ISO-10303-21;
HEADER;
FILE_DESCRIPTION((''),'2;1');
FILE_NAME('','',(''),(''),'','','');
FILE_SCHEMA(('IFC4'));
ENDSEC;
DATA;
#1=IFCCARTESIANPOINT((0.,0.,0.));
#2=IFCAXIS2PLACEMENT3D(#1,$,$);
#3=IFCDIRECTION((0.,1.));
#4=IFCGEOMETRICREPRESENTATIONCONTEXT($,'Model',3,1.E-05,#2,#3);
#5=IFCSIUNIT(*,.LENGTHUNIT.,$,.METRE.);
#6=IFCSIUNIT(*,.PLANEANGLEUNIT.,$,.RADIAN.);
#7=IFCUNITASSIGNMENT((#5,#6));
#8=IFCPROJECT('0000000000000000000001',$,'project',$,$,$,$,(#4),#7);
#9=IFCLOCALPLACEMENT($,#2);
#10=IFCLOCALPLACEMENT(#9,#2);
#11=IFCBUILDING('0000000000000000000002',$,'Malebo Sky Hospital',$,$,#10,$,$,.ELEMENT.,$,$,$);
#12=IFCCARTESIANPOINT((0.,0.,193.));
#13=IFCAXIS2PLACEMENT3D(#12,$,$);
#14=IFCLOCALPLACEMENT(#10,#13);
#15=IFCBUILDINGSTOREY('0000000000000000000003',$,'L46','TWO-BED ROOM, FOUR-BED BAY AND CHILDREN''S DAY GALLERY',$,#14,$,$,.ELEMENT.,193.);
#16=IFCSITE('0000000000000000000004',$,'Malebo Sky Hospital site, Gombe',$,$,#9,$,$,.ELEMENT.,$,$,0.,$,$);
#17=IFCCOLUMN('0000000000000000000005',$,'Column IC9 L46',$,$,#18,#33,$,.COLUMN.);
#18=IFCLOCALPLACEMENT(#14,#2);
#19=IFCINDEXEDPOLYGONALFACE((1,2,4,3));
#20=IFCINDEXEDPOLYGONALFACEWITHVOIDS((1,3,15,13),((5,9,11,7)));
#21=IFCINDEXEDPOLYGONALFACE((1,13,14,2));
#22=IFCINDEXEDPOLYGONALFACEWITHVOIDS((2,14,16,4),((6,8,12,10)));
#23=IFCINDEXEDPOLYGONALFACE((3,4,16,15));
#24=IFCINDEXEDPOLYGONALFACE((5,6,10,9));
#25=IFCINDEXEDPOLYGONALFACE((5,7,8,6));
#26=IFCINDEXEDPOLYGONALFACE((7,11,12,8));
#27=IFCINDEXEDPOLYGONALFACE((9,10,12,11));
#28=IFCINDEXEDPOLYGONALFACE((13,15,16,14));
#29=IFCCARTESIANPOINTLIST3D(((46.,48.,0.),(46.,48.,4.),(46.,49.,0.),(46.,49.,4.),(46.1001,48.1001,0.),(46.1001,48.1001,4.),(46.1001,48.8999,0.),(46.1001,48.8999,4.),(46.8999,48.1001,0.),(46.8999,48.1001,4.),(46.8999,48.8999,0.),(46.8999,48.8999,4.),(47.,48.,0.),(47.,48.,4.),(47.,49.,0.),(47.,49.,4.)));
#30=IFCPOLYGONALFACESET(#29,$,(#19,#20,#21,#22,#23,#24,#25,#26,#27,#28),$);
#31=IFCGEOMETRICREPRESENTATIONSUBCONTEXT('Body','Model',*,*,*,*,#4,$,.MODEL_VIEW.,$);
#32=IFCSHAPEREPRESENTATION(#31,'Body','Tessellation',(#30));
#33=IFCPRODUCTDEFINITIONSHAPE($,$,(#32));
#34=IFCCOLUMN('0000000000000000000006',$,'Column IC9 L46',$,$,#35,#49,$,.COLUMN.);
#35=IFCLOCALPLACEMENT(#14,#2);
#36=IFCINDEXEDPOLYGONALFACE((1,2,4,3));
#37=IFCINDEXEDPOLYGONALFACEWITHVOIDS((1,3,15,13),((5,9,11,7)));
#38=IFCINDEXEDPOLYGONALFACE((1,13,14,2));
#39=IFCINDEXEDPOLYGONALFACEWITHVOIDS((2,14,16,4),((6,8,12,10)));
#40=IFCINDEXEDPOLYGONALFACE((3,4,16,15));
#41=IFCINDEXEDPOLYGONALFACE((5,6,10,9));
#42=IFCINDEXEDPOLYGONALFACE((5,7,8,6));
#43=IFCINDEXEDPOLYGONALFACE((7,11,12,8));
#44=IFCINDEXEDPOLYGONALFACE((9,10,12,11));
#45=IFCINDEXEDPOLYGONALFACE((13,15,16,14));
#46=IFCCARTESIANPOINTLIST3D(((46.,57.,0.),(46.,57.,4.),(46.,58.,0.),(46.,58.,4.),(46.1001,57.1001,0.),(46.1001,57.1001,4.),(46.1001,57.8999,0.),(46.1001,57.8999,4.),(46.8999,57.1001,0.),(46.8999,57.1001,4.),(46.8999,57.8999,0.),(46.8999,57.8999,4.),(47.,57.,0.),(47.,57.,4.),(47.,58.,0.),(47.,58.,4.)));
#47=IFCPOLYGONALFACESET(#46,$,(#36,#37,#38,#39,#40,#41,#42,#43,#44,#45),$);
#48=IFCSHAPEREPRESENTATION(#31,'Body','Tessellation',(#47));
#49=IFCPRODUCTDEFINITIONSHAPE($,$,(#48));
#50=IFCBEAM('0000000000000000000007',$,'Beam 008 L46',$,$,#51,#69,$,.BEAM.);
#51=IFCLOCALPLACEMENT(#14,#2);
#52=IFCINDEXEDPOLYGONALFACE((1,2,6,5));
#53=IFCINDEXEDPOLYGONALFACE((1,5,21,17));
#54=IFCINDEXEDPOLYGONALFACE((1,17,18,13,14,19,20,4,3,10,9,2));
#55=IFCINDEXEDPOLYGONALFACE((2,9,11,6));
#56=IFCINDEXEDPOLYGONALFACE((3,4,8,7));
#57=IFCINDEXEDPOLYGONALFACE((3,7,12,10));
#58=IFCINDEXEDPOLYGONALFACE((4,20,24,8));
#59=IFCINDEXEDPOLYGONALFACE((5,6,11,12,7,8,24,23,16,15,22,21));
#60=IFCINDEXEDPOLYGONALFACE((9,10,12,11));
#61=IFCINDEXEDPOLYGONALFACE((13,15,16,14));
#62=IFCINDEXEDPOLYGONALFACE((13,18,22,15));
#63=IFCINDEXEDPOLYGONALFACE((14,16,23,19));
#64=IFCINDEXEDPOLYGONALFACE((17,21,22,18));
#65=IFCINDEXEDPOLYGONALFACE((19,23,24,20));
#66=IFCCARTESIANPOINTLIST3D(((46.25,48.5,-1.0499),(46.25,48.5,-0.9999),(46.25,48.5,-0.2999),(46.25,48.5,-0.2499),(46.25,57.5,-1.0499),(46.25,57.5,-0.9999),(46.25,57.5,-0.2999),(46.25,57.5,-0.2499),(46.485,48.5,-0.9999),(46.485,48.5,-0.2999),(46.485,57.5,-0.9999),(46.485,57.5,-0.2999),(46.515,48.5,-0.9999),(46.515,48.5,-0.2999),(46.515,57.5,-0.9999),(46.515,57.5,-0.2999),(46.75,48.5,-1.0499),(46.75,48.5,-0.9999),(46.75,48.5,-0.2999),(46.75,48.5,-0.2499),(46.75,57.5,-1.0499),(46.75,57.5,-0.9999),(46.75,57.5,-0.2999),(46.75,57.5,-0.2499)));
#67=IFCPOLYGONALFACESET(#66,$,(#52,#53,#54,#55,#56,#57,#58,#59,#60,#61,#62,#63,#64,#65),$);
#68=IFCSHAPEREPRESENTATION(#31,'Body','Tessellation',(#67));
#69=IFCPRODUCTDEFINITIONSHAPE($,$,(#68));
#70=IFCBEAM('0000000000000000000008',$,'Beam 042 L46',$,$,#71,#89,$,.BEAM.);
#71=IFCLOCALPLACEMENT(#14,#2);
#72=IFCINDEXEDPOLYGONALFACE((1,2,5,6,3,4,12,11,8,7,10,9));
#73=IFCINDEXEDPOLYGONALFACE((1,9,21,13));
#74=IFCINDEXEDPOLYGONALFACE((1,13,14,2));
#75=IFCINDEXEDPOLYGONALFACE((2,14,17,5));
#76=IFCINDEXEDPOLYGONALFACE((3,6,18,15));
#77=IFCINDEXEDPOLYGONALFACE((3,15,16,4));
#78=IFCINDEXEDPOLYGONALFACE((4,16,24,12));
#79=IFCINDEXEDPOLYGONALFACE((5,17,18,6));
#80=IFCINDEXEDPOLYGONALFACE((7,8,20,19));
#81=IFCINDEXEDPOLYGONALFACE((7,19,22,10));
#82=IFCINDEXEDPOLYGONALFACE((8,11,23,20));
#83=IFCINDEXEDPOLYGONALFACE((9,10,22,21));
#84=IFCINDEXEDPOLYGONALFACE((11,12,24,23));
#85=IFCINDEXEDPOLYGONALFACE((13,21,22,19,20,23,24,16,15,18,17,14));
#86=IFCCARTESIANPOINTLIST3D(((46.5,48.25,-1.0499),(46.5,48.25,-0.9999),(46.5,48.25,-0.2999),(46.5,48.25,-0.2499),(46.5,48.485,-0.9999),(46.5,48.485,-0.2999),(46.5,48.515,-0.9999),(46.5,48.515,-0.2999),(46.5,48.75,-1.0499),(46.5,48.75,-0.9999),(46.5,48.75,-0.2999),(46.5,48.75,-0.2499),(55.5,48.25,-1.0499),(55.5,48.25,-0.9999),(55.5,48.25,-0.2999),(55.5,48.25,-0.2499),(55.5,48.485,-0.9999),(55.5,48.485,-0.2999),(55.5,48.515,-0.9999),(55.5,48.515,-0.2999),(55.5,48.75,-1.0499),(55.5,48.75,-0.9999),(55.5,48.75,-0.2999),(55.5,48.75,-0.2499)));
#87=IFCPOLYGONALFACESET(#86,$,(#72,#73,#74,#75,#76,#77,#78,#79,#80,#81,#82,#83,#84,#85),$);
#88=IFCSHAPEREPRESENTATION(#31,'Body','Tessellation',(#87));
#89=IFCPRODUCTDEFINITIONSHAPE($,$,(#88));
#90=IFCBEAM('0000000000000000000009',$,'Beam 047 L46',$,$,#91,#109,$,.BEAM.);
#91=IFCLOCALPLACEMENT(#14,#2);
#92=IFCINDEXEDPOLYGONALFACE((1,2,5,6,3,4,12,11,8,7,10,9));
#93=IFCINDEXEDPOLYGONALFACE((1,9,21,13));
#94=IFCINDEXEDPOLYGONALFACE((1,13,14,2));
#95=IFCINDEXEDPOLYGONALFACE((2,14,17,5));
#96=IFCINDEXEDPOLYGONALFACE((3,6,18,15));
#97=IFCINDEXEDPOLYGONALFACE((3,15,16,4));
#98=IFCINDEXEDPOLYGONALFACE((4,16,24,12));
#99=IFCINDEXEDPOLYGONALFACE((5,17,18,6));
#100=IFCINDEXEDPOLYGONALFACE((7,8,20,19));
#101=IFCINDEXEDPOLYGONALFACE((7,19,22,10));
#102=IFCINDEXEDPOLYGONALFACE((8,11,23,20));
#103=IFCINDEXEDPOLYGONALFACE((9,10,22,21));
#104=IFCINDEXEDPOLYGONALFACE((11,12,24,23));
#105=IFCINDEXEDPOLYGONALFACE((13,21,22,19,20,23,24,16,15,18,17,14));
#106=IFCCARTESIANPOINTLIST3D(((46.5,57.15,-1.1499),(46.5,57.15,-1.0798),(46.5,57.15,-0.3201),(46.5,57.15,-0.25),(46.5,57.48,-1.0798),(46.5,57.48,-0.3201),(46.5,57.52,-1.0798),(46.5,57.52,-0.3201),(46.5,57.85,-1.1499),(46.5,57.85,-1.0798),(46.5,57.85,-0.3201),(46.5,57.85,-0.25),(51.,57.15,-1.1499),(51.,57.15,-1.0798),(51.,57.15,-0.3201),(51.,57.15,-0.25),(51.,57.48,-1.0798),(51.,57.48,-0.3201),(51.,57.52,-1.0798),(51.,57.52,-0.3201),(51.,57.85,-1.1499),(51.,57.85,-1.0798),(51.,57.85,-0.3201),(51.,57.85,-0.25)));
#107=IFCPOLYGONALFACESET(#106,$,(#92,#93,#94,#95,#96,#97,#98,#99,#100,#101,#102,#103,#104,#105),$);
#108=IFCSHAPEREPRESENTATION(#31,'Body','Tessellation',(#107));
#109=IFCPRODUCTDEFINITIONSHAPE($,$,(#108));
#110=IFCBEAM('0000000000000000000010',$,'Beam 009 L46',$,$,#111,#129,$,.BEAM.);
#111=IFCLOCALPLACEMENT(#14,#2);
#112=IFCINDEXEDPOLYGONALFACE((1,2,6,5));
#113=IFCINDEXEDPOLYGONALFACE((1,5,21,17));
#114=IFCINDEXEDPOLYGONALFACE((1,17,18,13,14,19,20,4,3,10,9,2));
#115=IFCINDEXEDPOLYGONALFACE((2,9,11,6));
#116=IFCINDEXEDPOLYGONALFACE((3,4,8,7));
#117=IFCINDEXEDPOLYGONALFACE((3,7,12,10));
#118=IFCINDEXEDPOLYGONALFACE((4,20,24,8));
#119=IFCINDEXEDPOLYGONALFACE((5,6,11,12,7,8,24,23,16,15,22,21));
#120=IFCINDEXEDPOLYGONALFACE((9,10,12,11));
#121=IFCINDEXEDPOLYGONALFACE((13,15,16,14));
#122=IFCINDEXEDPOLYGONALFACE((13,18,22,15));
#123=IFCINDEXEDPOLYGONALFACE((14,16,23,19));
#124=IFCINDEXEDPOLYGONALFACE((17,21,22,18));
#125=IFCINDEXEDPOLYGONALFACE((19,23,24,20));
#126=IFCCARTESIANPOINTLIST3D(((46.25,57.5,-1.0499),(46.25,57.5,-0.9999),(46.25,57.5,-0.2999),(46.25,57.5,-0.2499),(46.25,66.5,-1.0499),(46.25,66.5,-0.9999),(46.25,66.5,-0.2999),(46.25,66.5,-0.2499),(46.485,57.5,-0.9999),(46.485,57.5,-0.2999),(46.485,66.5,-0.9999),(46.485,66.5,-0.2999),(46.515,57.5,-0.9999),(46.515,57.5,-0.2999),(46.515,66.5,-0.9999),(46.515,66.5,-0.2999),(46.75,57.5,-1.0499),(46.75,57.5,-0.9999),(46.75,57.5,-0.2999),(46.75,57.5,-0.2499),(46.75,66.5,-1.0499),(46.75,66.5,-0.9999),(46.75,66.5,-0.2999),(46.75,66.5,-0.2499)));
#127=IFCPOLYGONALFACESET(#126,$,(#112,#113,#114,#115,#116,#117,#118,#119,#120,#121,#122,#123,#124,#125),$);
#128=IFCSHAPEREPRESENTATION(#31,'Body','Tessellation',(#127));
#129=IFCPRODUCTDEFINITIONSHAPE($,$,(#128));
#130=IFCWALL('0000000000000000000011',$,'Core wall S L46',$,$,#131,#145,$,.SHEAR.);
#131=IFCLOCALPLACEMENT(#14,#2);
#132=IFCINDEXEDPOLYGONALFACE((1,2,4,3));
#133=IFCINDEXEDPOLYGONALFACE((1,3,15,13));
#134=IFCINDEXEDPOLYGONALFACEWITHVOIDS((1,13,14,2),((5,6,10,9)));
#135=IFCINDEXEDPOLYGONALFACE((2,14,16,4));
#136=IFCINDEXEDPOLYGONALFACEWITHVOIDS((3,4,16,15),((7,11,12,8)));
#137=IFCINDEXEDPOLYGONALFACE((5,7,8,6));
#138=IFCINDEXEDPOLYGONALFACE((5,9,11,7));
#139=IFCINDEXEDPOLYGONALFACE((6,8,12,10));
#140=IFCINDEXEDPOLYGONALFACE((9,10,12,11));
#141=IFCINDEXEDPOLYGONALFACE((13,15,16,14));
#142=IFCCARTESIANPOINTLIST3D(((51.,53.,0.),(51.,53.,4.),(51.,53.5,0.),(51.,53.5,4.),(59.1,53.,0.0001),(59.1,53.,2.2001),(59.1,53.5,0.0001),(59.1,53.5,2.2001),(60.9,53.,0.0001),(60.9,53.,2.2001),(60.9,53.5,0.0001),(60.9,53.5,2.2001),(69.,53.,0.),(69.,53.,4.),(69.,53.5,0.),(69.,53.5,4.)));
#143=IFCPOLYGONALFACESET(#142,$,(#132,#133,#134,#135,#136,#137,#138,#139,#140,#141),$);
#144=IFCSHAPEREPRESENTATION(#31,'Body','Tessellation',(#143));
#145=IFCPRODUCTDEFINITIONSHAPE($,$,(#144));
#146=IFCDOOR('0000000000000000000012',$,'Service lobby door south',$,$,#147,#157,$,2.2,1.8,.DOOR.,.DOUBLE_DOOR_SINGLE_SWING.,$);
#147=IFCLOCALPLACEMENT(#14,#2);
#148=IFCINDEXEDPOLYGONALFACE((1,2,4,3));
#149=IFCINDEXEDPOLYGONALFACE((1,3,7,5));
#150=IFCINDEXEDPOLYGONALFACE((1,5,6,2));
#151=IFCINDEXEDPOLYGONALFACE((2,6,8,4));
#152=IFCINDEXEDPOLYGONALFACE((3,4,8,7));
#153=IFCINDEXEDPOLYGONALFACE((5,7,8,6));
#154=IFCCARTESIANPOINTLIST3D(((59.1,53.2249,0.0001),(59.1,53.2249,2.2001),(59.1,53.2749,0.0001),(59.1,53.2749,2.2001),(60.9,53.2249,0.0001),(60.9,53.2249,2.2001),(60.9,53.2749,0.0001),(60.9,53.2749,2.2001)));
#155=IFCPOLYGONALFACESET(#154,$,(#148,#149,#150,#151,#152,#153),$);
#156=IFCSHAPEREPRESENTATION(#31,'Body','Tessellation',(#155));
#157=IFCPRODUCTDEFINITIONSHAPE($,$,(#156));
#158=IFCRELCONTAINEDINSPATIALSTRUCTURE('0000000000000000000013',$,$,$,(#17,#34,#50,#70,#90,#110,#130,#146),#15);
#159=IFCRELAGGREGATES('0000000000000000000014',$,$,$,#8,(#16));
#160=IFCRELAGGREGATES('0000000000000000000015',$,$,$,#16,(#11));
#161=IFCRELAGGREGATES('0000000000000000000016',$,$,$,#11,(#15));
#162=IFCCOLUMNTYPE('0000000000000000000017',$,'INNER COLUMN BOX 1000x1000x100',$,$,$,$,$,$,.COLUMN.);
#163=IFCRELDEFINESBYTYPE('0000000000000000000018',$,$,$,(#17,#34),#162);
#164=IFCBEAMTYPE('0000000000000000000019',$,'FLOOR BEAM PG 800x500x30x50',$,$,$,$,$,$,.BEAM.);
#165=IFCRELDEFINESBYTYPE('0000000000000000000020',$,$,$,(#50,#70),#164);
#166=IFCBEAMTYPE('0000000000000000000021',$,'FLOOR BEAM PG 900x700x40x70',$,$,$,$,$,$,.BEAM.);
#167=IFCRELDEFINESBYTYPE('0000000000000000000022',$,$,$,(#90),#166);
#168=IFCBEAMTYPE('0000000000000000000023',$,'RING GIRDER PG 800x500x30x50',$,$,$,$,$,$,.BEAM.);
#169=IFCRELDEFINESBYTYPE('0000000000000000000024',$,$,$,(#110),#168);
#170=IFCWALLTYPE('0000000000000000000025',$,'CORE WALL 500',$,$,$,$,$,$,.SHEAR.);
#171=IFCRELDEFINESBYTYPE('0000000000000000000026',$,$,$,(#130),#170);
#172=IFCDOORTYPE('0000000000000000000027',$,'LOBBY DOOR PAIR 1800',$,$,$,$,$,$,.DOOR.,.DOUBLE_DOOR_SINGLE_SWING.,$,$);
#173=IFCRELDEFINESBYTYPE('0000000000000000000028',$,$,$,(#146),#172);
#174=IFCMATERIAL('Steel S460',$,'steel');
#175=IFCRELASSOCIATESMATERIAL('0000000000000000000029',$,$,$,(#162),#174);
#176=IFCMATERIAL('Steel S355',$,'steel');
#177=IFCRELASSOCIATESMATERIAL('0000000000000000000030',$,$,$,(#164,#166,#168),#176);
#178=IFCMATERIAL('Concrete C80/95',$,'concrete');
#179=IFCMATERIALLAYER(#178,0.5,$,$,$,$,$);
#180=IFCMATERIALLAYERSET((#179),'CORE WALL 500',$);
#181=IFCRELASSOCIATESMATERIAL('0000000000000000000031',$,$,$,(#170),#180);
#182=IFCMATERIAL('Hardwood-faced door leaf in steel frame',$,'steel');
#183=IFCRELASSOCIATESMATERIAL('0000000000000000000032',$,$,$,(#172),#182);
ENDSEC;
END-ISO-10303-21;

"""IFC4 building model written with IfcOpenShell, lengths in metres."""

from ifc_helpers import new_model, si_unit, direction, frame, frame_2d, origin, origin_2d, place, context, subcontext, project, spatial, rectangle, hollow_rectangle, i_section, extrude, material, layer, layer_set, material_profile, profile_set, type_object, element, fill, save


model = new_model("IFC4")

# Units and contexts
model_context = context("Model", 3, precision=1e-05, world=origin(), true_north=direction((0.0, 1.0)))
body_context = subcontext(model_context, "Body", "Model", "MODEL_VIEW")
ifc_project = project(units=[si_unit("LENGTHUNIT", "METRE"), si_unit("PLANEANGLEUNIT", "RADIAN")], contexts=[model_context])

# Site, building, storey
site_placement = place(None, origin())
site = spatial("IfcSite", under=ifc_project, at=site_placement, Name="Malebo Sky Hospital site, Gombe", CompositionType="ELEMENT", RefElevation=0.0)
building_placement = place(site_placement, origin())
building = spatial("IfcBuilding", under=site, at=building_placement, Name="Malebo Sky Hospital", CompositionType="ELEMENT")
storey_placement = place(building_placement, frame((0.0, 0.0, 193.0)))
storey = spatial("IfcBuildingStorey", under=building, at=storey_placement, Name="L46", Description="TWO-BED ROOM, FOUR-BED BAY AND CHILDREN'S DAY GALLERY", CompositionType="ELEMENT", Elevation=193.0)

# Columns
ifc_material_1 = material(Name="Steel S460", Category="steel")
ifc_material_profile_1 = material_profile(ifc_material_1, hollow_rectangle(XDim=1.0, YDim=1.0, WallThickness=0.1001, at=origin_2d()), Name="BOX 1000x1000x100")
ifc_profile_set_1 = profile_set([ifc_material_profile_1], Name="Steel S460")
column_type = type_object("IfcColumnType", Name="INNER COLUMN BOX 1000x1000x100", PredefinedType="COLUMN", material=ifc_profile_set_1)
for number, where, z_axis, x_axis, name in (
    (1, (46.5, 48.5, 0.0), (0.0, 0.0, 1.0), (1.0, 0.0, 0.0), "Column IC9 L46"),
    (2, (46.5, 57.5, 0.0), (0.0, 0.0, 1.0), (1.0, 0.0, 0.0), "Column IC9 L46"),
):
    element("IfcColumn", number, at=place(storey_placement, frame(where, z_axis=z_axis, x_axis=x_axis)), inside=storey, type_object=column_type, Name=name, PredefinedType="COLUMN", context=body_context, shape_type="SweptSolid", body=[
        extrude(hollow_rectangle(XDim=1.0, YDim=1.0, WallThickness=0.1001, at=origin_2d()), origin(), (0.0, 0.0, 1.0), 4.0),
    ])

# Beams
ifc_material_2 = material(Name="Steel S355", Category="steel")
ifc_material_profile_2 = material_profile(ifc_material_2, i_section(OverallWidth=0.5, OverallDepth=0.8, WebThickness=0.03, FlangeThickness=0.05, at=origin_2d()), Name="PG 800x500x30x50")
ifc_profile_set_2 = profile_set([ifc_material_profile_2], Name="Steel S355")
beam_type_1 = type_object("IfcBeamType", Name="FLOOR BEAM PG 800x500x30x50", PredefinedType="BEAM", material=ifc_profile_set_2)
for number, where, z_axis, x_axis, name in (
    (3, (46.5, 48.5, -0.6499), (0.0, 1.0, 0.0), (-1.0, 0.0, 0.0), "Beam 008 L46"),
    (4, (46.5, 48.5, -0.6499), (1.0, 0.0, 0.0), (0.0, 1.0, 0.0), "Beam 042 L46"),
):
    element("IfcBeam", number, at=place(storey_placement, frame(where, z_axis=z_axis, x_axis=x_axis)), inside=storey, type_object=beam_type_1, Name=name, PredefinedType="BEAM", context=body_context, shape_type="SweptSolid", body=[
        extrude(i_section(OverallWidth=0.5, OverallDepth=0.8, WebThickness=0.03, FlangeThickness=0.05, at=origin_2d()), origin(), (0.0, 0.0, 1.0), 9.0),
    ])
ifc_material_profile_3 = material_profile(ifc_material_2, i_section(OverallWidth=0.7, OverallDepth=0.8999, WebThickness=0.04, FlangeThickness=0.0701, at=origin_2d()), Name="PG 900x700x40x70")
ifc_profile_set_3 = profile_set([ifc_material_profile_3], Name="Steel S355")
beam_type_2 = type_object("IfcBeamType", Name="FLOOR BEAM PG 900x700x40x70", PredefinedType="BEAM", material=ifc_profile_set_3)
beam_1_placement = place(storey_placement, frame((46.5, 57.5, -0.7), z_axis=(1.0, 0.0, 0.0), x_axis=(0.0, 1.0, 0.0)))
element("IfcBeam", 5, at=beam_1_placement, inside=storey, type_object=beam_type_2, Name="Beam 047 L46", PredefinedType="BEAM", context=body_context, shape_type="SweptSolid", body=[
    extrude(i_section(OverallWidth=0.7, OverallDepth=0.8999, WebThickness=0.04, FlangeThickness=0.0701, at=origin_2d()), origin(), (0.0, 0.0, 1.0), 4.5),
])
ifc_material_profile_4 = material_profile(ifc_material_2, i_section(OverallWidth=0.5, OverallDepth=0.8, WebThickness=0.03, FlangeThickness=0.05, at=origin_2d()), Name="PG 800x500x30x50")
ifc_profile_set_4 = profile_set([ifc_material_profile_4], Name="Steel S355")
beam_type_3 = type_object("IfcBeamType", Name="RING GIRDER PG 800x500x30x50", PredefinedType="BEAM", material=ifc_profile_set_4)
beam_2_placement = place(storey_placement, frame((46.5, 57.5, -0.6499), z_axis=(0.0, 1.0, 0.0), x_axis=(-1.0, 0.0, 0.0)))
element("IfcBeam", 6, at=beam_2_placement, inside=storey, type_object=beam_type_3, Name="Beam 009 L46", PredefinedType="BEAM", context=body_context, shape_type="SweptSolid", body=[
    extrude(i_section(OverallWidth=0.5, OverallDepth=0.8, WebThickness=0.03, FlangeThickness=0.05, at=origin_2d()), origin(), (0.0, 0.0, 1.0), 9.0),
])

# Wall, opening, door
ifc_material_3 = material(Name="Concrete C80/95", Category="concrete")
ifc_layer_1 = layer(ifc_material_3, 0.5)
ifc_layer_set_1 = layer_set([ifc_layer_1], Name="CORE WALL 500")
wall_type_1 = type_object("IfcWallType", Name="CORE WALL 500", PredefinedType="SHEAR", material=ifc_layer_set_1)
wall_1_placement = place(storey_placement, frame((51.0, 53.25, 0.0), z_axis=(0.0, 0.0, 1.0), x_axis=(1.0, 0.0, 0.0)))
wall_1 = element("IfcWall", 7, at=wall_1_placement, inside=storey, type_object=wall_type_1, Name="Core wall S L46", PredefinedType="SHEAR", context=body_context, shape_type="SweptSolid", body=[
    extrude(rectangle(XDim=18.0, YDim=0.5, at=frame_2d((9.0, 0.0))), origin(), (0.0, 0.0, 1.0), 4.0),
])
opening_1_placement = place(wall_1_placement, frame((8.1001, 0.0, 0.0)))
opening_1 = element("IfcOpeningElement", 8, at=opening_1_placement, cuts=wall_1, PredefinedType="OPENING", context=body_context, shape_type="SweptSolid", body=[
    extrude(rectangle(XDim=1.8, YDim=2.2, at=frame_2d((0.8999, 1.1001))), frame((0.0, 0.26, 0.0), z_axis=(0.0, -1.0, 0.0), x_axis=(1.0, 0.0, 0.0)), (0.0, 0.0, 1.0), 0.52),
])
ifc_material_4 = material(Name="Hardwood-faced door leaf in steel frame", Category="steel")
door_type_1 = type_object("IfcDoorType", Name="LOBBY DOOR PAIR 1800", OperationType="DOUBLE_DOOR_SINGLE_SWING", PredefinedType="DOOR", material=ifc_material_4)
door_1_placement = place(opening_1_placement, origin())
door_1 = element("IfcDoor", 9, at=door_1_placement, inside=storey, type_object=door_type_1, Name="Service lobby door south", OperationType="DOUBLE_DOOR_SINGLE_SWING", OverallHeight=2.2, OverallWidth=1.8, PredefinedType="DOOR", context=body_context, shape_type="SweptSolid", body=[
    extrude(rectangle(XDim=1.8, YDim=2.2, at=frame_2d((0.8999, 1.1001))), frame((0.0, 0.0249, 0.0), z_axis=(0.0, -1.0, 0.0), x_axis=(1.0, 0.0, 0.0)), (0.0, 0.0, 1.0), 0.05),
])
fill(opening_1, door_1)

save(model, "model.ifc")
